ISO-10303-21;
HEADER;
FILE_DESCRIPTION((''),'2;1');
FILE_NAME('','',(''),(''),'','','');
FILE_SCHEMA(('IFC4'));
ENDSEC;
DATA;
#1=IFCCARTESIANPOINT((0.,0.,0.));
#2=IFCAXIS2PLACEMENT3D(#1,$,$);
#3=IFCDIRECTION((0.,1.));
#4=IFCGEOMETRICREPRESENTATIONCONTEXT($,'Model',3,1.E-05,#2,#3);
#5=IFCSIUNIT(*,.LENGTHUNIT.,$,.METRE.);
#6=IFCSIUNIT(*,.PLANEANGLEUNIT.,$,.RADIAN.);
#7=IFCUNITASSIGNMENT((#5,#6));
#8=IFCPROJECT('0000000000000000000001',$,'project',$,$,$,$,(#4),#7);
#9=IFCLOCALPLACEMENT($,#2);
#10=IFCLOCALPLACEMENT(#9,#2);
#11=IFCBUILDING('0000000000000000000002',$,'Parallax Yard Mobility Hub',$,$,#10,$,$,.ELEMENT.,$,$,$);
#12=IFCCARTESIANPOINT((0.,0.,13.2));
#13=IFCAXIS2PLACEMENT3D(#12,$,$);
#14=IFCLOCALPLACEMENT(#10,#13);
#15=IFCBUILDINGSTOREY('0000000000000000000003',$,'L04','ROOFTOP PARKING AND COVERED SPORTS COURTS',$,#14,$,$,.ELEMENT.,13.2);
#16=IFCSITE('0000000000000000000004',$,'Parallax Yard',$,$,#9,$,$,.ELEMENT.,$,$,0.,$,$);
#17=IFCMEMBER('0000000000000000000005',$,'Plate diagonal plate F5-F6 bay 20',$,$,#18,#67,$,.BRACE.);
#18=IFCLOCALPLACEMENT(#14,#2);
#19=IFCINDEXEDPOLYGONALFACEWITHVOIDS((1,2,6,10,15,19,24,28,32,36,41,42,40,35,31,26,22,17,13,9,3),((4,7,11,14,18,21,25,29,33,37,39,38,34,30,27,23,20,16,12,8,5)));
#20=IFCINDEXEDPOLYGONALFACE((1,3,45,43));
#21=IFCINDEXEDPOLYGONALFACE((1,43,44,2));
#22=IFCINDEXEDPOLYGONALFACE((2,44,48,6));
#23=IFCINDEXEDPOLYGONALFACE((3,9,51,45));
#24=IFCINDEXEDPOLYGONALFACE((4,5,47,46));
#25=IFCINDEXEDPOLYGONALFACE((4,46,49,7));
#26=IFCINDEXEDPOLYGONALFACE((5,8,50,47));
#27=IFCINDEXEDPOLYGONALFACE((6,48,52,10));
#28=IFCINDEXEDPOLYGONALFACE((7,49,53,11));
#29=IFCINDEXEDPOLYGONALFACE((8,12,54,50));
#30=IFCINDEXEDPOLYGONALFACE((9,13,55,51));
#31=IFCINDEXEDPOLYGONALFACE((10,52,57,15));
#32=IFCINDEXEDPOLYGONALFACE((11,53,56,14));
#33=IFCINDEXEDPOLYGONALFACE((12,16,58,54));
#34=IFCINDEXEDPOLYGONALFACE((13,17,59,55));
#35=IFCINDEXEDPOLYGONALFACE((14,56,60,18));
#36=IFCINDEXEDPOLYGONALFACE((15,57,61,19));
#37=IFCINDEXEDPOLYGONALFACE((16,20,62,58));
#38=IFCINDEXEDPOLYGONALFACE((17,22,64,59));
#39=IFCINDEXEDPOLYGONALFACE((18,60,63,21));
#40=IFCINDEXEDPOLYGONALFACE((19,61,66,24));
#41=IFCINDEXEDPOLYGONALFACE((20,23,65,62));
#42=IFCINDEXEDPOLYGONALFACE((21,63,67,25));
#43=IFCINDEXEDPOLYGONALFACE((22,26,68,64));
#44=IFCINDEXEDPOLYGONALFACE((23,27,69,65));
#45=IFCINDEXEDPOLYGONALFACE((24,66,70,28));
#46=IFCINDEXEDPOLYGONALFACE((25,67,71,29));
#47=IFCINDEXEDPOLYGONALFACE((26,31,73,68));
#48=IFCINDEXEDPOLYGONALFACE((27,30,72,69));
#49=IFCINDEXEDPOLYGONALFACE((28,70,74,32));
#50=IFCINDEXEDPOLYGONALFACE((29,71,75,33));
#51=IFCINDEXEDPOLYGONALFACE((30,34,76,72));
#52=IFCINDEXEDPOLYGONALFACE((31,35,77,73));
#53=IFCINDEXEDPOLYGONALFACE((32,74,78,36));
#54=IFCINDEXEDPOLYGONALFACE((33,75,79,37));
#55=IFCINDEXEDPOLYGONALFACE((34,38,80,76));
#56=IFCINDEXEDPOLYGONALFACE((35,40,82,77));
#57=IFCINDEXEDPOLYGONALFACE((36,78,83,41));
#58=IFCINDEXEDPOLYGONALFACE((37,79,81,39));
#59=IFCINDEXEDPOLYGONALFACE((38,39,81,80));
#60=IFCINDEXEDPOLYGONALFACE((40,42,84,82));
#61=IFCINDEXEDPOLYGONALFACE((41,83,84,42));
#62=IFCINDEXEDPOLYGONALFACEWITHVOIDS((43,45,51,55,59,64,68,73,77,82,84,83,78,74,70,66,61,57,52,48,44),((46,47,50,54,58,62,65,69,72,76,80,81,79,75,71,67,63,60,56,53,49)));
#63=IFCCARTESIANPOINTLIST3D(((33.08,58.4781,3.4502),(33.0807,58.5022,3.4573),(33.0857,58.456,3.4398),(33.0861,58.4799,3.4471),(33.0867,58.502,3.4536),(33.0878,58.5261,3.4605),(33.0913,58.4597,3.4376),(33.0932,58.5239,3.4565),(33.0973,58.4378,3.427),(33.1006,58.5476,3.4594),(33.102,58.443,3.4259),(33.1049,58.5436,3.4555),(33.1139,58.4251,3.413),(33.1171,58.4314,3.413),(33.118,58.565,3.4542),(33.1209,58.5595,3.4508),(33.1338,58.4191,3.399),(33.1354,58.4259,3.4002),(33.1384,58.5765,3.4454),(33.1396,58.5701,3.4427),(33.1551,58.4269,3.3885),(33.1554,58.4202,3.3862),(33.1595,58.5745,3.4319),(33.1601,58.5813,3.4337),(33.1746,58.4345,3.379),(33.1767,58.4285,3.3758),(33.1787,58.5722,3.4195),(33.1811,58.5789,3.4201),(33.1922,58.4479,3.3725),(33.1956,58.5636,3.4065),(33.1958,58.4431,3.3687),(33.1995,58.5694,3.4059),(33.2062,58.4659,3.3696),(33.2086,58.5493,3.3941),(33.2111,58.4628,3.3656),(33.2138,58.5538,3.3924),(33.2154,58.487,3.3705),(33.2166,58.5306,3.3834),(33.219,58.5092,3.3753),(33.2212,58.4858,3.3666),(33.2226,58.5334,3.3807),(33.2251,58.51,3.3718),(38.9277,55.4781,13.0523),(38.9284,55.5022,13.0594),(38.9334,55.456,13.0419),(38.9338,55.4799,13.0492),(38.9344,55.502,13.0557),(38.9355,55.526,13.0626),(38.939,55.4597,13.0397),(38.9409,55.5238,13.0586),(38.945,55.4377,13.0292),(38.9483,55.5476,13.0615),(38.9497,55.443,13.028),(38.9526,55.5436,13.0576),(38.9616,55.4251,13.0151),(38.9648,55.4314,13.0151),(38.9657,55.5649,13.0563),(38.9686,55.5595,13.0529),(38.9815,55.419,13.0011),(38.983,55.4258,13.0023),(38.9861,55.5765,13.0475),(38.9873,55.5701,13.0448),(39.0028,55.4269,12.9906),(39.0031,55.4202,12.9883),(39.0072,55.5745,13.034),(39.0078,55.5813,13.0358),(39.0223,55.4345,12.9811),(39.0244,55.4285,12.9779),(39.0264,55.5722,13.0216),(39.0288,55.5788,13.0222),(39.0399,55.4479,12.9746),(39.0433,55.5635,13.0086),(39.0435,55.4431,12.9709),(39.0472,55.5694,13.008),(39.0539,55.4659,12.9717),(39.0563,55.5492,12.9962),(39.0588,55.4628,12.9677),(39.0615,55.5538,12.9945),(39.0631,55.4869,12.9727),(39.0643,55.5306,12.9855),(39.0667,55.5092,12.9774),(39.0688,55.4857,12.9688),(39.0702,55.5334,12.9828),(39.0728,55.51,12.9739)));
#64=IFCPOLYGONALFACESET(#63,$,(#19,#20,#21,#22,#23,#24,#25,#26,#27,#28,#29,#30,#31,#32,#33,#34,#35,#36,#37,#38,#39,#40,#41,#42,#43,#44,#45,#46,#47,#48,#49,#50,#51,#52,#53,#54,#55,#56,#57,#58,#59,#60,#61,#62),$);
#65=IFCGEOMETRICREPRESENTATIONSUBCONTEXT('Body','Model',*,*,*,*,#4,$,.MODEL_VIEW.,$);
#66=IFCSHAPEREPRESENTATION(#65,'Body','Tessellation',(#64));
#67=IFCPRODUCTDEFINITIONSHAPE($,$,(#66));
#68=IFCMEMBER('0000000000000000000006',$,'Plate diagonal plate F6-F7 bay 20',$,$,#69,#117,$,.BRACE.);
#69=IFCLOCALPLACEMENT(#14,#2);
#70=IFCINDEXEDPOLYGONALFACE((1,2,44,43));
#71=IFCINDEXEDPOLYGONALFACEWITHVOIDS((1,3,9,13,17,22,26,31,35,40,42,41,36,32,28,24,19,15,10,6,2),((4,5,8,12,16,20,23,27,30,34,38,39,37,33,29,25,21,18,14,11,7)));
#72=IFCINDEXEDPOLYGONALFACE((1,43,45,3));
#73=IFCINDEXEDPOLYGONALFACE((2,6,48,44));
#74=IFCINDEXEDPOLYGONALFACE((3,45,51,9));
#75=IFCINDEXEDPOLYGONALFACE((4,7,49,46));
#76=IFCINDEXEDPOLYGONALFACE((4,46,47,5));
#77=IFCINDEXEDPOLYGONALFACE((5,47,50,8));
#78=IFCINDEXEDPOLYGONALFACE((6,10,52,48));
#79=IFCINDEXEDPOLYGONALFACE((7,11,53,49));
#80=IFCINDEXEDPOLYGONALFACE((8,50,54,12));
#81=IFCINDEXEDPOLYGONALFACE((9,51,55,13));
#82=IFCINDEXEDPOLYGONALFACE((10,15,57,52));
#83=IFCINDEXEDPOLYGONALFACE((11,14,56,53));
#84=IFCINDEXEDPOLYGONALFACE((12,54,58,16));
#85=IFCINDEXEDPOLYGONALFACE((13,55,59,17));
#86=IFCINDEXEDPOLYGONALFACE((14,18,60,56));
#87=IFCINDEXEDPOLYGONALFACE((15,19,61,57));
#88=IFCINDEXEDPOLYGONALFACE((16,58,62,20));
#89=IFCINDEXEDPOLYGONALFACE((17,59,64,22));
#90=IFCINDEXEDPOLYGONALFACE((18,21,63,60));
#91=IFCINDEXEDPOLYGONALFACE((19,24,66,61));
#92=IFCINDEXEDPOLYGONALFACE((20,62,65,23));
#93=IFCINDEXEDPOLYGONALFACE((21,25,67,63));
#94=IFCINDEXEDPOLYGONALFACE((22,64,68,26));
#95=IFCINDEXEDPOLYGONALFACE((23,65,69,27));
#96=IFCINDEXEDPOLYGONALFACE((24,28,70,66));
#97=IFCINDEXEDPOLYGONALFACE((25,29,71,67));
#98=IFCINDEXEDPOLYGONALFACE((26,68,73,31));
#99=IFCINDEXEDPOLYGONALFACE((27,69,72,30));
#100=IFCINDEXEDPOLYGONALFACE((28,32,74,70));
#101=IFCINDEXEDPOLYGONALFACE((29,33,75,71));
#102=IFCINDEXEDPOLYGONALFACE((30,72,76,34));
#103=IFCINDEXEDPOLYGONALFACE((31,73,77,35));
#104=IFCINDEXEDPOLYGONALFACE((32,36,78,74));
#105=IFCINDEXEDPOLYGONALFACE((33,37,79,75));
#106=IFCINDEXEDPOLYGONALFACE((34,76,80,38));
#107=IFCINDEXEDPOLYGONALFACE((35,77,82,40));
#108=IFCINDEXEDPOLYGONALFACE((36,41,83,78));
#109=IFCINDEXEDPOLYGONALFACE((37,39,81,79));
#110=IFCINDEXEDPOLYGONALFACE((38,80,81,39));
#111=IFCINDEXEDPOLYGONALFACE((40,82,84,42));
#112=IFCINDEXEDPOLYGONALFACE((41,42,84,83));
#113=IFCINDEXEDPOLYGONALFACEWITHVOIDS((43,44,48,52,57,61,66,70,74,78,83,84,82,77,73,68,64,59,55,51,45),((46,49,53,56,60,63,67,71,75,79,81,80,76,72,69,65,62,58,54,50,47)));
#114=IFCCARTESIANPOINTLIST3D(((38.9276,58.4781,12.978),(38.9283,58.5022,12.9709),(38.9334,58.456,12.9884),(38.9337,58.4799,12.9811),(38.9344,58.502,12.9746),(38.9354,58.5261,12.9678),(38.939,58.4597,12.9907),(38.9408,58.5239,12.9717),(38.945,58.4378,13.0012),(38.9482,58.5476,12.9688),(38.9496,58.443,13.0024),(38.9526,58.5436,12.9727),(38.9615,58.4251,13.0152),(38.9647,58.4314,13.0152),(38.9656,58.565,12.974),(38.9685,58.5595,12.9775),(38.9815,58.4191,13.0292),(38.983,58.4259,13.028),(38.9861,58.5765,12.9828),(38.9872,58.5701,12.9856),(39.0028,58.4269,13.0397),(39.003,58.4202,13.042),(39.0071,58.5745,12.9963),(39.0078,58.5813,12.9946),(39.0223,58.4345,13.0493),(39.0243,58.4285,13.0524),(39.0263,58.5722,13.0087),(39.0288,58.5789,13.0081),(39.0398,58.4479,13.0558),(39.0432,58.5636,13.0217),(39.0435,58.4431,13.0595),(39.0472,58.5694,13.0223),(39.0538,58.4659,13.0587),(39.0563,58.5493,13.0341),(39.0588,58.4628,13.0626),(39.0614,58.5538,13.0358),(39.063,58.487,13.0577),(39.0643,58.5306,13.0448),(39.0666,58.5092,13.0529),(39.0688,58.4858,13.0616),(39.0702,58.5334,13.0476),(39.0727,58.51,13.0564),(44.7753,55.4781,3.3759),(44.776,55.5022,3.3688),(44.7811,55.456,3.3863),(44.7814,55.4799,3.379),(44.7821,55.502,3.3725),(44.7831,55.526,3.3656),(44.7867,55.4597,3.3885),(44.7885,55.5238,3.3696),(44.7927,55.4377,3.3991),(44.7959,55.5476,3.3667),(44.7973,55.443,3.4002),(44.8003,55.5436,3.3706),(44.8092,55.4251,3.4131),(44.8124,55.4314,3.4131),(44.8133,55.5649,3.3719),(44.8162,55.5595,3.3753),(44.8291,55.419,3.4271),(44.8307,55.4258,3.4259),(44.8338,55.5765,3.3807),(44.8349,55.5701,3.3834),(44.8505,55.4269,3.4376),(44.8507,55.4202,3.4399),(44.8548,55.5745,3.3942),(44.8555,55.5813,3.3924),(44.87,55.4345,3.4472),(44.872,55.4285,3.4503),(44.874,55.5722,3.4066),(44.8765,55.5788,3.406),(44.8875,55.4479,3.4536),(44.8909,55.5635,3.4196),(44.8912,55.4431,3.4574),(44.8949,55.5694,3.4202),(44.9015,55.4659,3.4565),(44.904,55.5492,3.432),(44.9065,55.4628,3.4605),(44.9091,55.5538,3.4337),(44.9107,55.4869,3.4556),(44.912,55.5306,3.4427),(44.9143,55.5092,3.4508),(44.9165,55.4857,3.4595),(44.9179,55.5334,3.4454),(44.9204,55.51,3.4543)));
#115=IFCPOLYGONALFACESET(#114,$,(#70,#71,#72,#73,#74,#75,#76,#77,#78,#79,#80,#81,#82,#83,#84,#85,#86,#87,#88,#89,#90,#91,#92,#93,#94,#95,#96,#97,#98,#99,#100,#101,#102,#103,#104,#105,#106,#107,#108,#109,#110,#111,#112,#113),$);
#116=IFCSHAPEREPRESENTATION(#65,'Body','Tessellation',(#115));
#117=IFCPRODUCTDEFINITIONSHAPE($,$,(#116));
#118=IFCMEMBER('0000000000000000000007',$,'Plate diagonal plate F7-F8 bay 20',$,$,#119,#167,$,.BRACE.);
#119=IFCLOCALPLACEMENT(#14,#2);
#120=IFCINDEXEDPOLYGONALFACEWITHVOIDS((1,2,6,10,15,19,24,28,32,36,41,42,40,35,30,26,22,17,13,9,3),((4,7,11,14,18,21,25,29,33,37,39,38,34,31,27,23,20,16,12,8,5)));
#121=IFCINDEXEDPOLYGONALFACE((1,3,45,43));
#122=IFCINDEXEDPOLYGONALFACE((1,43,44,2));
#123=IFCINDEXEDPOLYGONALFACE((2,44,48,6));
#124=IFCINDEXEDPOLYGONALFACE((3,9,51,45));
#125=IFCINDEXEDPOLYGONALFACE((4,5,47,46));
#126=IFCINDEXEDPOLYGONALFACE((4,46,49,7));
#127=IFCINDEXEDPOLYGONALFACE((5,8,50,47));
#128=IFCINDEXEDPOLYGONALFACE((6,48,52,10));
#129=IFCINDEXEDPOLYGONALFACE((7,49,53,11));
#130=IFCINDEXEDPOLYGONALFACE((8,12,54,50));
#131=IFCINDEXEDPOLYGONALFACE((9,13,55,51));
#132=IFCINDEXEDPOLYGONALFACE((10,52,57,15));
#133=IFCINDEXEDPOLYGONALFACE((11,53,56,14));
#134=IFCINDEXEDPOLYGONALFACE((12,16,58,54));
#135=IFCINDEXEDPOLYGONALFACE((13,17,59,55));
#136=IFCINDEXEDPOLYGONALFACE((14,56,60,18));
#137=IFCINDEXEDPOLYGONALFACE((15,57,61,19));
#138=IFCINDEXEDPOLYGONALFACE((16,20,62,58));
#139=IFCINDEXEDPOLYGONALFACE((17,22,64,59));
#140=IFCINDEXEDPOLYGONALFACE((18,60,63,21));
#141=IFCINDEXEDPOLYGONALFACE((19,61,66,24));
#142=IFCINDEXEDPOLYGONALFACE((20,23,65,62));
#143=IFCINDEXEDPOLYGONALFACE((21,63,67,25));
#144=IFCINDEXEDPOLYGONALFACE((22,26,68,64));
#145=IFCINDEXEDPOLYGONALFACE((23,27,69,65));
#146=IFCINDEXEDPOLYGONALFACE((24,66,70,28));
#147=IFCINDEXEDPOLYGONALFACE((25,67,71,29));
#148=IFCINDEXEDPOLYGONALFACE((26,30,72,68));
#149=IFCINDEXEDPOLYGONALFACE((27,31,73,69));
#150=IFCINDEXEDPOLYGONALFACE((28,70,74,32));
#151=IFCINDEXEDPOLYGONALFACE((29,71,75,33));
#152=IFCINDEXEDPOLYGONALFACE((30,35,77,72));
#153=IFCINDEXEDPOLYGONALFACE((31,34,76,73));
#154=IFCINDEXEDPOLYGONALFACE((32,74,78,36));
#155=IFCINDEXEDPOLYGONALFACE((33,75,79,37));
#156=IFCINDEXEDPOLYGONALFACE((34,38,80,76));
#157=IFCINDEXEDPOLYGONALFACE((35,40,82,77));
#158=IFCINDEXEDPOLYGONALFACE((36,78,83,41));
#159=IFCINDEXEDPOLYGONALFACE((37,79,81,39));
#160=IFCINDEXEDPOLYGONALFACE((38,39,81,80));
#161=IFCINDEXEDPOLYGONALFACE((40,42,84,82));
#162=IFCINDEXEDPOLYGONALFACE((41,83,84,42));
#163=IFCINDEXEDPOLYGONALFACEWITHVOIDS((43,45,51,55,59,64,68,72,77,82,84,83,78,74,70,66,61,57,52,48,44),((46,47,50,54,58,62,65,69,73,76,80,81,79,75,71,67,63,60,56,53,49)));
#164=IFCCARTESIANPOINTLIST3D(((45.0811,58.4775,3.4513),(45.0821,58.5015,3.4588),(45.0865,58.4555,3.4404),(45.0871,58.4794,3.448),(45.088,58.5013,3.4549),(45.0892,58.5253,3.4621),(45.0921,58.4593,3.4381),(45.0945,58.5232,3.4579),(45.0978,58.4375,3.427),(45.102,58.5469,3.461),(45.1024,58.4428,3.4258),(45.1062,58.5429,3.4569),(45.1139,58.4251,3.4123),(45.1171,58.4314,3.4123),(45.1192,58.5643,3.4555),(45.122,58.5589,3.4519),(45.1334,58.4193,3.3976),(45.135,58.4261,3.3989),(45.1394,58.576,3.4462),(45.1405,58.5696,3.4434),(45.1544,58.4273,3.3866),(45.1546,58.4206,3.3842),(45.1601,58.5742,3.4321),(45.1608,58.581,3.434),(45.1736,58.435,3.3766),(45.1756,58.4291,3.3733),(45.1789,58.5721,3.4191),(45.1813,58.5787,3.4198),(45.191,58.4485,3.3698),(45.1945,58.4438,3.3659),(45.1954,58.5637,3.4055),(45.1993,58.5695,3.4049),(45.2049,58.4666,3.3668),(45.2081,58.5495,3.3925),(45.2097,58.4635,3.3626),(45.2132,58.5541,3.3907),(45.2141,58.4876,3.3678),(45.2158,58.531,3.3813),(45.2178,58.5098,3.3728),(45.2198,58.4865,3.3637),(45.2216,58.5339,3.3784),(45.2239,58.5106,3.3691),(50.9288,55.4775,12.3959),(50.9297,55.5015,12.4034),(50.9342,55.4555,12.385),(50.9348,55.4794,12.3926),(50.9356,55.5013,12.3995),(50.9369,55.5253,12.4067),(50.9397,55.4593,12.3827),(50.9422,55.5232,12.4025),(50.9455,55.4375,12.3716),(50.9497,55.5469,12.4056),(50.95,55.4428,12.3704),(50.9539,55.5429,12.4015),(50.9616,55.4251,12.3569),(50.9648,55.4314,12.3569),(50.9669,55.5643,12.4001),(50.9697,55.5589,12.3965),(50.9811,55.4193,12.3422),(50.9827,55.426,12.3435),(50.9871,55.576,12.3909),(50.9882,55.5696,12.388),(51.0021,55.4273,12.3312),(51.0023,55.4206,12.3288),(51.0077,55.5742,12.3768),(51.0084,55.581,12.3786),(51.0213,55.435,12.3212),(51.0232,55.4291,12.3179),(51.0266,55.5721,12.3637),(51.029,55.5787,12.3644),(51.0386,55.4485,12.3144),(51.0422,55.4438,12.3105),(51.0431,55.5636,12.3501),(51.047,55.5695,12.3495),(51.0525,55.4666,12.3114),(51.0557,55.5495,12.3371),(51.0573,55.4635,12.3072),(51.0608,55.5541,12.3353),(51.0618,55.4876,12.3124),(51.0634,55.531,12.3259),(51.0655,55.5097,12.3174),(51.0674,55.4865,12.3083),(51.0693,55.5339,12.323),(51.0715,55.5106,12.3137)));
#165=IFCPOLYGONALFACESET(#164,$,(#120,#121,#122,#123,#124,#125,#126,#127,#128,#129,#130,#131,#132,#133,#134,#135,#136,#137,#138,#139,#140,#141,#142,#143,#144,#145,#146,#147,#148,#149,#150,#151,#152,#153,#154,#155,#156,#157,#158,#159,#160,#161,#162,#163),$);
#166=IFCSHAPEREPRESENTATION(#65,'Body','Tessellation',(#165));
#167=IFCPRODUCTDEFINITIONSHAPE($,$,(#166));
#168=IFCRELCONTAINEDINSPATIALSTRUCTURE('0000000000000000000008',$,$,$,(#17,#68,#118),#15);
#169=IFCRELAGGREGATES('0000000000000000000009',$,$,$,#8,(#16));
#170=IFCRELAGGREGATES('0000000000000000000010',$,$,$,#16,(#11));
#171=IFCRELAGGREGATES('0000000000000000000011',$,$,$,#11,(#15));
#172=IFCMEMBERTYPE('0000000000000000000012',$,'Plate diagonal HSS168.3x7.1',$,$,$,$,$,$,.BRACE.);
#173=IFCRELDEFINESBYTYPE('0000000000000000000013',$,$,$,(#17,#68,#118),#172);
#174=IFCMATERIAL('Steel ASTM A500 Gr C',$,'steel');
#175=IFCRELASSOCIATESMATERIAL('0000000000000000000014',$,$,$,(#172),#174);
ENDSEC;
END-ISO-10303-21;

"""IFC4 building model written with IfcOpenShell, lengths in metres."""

from ifc_helpers import new_model, si_unit, direction, frame, origin, origin_2d, place, context, subcontext, project, spatial, hollow_circle, extrude, material, material_profile, profile_set, type_object, element, save


model = new_model("IFC4")

# Units and contexts
model_context = context("Model", 3, precision=1e-05, world=origin(), true_north=direction((0.0, 1.0)))
body_context = subcontext(model_context, "Body", "Model", "MODEL_VIEW")
ifc_project = project(units=[si_unit("LENGTHUNIT", "METRE"), si_unit("PLANEANGLEUNIT", "RADIAN")], contexts=[model_context])

# Site, building, storey
site_placement = place(None, origin())
site = spatial("IfcSite", under=ifc_project, at=site_placement, Name="Parallax Yard", CompositionType="ELEMENT", RefElevation=0.0)
building_placement = place(site_placement, origin())
building = spatial("IfcBuilding", under=site, at=building_placement, Name="Parallax Yard Mobility Hub", CompositionType="ELEMENT")
storey_placement = place(building_placement, frame((0.0, 0.0, 13.2)))
storey = spatial("IfcBuildingStorey", under=building, at=storey_placement, Name="L04", Description="ROOFTOP PARKING AND COVERED SPORTS COURTS", CompositionType="ELEMENT", Elevation=13.2)

# Members
ifc_material_1 = material(Name="Steel ASTM A500 Gr C", Category="steel")
ifc_material_profile_1 = material_profile(ifc_material_1, hollow_circle(Radius=0.0842, WallThickness=0.0071, at=origin_2d()), Name="HSS168.3x7.1")
ifc_profile_set_1 = profile_set([ifc_material_profile_1], Name="Steel ASTM A500 Gr C")
member_type_1 = type_object("IfcMemberType", Name="Plate diagonal HSS168.3x7.1", PredefinedType="BRACE", material=ifc_profile_set_1)
for number, where, z_axis, x_axis, name in (
    (1, (39.0, 55.5, 13.0151), (-0.502552, 0.257822, -0.825208), (-0.456461, -0.889743, 0.0), "Plate diagonal plate F5-F6 bay 20"),
    (2, (44.8477, 55.5, 3.4131), (-0.502552, 0.257822, 0.825208), (-0.456461, -0.889743, 0.0), "Plate diagonal plate F6-F7 bay 20"),
):
    element("IfcMember", number, at=place(storey_placement, frame(where, z_axis=z_axis, x_axis=x_axis)), inside=storey, type_object=member_type_1, Name=name, PredefinedType="BRACE", context=body_context, shape_type="SweptSolid", body=[
        extrude(hollow_circle(Radius=0.0842, WallThickness=0.0071, at=origin_2d()), origin(), (0.0, 0.0, 1.0), 11.636),
    ])
for number, where, z_axis, x_axis, name in (
    (3, (51.0, 55.5, 12.3569), (-0.526836, 0.270281, -0.805849), (-0.456461, -0.889743, 0.0), "Plate diagonal plate F7-F8 bay 20"),
):
    element("IfcMember", number, at=place(storey_placement, frame(where, z_axis=z_axis, x_axis=x_axis)), inside=storey, type_object=member_type_1, Name=name, PredefinedType="BRACE", context=body_context, shape_type="SweptSolid", body=[
        extrude(hollow_circle(Radius=0.0842, WallThickness=0.0071, at=origin_2d()), origin(), (0.0, 0.0, 1.0), 11.0996),
    ])

save(model, "model.ifc")
